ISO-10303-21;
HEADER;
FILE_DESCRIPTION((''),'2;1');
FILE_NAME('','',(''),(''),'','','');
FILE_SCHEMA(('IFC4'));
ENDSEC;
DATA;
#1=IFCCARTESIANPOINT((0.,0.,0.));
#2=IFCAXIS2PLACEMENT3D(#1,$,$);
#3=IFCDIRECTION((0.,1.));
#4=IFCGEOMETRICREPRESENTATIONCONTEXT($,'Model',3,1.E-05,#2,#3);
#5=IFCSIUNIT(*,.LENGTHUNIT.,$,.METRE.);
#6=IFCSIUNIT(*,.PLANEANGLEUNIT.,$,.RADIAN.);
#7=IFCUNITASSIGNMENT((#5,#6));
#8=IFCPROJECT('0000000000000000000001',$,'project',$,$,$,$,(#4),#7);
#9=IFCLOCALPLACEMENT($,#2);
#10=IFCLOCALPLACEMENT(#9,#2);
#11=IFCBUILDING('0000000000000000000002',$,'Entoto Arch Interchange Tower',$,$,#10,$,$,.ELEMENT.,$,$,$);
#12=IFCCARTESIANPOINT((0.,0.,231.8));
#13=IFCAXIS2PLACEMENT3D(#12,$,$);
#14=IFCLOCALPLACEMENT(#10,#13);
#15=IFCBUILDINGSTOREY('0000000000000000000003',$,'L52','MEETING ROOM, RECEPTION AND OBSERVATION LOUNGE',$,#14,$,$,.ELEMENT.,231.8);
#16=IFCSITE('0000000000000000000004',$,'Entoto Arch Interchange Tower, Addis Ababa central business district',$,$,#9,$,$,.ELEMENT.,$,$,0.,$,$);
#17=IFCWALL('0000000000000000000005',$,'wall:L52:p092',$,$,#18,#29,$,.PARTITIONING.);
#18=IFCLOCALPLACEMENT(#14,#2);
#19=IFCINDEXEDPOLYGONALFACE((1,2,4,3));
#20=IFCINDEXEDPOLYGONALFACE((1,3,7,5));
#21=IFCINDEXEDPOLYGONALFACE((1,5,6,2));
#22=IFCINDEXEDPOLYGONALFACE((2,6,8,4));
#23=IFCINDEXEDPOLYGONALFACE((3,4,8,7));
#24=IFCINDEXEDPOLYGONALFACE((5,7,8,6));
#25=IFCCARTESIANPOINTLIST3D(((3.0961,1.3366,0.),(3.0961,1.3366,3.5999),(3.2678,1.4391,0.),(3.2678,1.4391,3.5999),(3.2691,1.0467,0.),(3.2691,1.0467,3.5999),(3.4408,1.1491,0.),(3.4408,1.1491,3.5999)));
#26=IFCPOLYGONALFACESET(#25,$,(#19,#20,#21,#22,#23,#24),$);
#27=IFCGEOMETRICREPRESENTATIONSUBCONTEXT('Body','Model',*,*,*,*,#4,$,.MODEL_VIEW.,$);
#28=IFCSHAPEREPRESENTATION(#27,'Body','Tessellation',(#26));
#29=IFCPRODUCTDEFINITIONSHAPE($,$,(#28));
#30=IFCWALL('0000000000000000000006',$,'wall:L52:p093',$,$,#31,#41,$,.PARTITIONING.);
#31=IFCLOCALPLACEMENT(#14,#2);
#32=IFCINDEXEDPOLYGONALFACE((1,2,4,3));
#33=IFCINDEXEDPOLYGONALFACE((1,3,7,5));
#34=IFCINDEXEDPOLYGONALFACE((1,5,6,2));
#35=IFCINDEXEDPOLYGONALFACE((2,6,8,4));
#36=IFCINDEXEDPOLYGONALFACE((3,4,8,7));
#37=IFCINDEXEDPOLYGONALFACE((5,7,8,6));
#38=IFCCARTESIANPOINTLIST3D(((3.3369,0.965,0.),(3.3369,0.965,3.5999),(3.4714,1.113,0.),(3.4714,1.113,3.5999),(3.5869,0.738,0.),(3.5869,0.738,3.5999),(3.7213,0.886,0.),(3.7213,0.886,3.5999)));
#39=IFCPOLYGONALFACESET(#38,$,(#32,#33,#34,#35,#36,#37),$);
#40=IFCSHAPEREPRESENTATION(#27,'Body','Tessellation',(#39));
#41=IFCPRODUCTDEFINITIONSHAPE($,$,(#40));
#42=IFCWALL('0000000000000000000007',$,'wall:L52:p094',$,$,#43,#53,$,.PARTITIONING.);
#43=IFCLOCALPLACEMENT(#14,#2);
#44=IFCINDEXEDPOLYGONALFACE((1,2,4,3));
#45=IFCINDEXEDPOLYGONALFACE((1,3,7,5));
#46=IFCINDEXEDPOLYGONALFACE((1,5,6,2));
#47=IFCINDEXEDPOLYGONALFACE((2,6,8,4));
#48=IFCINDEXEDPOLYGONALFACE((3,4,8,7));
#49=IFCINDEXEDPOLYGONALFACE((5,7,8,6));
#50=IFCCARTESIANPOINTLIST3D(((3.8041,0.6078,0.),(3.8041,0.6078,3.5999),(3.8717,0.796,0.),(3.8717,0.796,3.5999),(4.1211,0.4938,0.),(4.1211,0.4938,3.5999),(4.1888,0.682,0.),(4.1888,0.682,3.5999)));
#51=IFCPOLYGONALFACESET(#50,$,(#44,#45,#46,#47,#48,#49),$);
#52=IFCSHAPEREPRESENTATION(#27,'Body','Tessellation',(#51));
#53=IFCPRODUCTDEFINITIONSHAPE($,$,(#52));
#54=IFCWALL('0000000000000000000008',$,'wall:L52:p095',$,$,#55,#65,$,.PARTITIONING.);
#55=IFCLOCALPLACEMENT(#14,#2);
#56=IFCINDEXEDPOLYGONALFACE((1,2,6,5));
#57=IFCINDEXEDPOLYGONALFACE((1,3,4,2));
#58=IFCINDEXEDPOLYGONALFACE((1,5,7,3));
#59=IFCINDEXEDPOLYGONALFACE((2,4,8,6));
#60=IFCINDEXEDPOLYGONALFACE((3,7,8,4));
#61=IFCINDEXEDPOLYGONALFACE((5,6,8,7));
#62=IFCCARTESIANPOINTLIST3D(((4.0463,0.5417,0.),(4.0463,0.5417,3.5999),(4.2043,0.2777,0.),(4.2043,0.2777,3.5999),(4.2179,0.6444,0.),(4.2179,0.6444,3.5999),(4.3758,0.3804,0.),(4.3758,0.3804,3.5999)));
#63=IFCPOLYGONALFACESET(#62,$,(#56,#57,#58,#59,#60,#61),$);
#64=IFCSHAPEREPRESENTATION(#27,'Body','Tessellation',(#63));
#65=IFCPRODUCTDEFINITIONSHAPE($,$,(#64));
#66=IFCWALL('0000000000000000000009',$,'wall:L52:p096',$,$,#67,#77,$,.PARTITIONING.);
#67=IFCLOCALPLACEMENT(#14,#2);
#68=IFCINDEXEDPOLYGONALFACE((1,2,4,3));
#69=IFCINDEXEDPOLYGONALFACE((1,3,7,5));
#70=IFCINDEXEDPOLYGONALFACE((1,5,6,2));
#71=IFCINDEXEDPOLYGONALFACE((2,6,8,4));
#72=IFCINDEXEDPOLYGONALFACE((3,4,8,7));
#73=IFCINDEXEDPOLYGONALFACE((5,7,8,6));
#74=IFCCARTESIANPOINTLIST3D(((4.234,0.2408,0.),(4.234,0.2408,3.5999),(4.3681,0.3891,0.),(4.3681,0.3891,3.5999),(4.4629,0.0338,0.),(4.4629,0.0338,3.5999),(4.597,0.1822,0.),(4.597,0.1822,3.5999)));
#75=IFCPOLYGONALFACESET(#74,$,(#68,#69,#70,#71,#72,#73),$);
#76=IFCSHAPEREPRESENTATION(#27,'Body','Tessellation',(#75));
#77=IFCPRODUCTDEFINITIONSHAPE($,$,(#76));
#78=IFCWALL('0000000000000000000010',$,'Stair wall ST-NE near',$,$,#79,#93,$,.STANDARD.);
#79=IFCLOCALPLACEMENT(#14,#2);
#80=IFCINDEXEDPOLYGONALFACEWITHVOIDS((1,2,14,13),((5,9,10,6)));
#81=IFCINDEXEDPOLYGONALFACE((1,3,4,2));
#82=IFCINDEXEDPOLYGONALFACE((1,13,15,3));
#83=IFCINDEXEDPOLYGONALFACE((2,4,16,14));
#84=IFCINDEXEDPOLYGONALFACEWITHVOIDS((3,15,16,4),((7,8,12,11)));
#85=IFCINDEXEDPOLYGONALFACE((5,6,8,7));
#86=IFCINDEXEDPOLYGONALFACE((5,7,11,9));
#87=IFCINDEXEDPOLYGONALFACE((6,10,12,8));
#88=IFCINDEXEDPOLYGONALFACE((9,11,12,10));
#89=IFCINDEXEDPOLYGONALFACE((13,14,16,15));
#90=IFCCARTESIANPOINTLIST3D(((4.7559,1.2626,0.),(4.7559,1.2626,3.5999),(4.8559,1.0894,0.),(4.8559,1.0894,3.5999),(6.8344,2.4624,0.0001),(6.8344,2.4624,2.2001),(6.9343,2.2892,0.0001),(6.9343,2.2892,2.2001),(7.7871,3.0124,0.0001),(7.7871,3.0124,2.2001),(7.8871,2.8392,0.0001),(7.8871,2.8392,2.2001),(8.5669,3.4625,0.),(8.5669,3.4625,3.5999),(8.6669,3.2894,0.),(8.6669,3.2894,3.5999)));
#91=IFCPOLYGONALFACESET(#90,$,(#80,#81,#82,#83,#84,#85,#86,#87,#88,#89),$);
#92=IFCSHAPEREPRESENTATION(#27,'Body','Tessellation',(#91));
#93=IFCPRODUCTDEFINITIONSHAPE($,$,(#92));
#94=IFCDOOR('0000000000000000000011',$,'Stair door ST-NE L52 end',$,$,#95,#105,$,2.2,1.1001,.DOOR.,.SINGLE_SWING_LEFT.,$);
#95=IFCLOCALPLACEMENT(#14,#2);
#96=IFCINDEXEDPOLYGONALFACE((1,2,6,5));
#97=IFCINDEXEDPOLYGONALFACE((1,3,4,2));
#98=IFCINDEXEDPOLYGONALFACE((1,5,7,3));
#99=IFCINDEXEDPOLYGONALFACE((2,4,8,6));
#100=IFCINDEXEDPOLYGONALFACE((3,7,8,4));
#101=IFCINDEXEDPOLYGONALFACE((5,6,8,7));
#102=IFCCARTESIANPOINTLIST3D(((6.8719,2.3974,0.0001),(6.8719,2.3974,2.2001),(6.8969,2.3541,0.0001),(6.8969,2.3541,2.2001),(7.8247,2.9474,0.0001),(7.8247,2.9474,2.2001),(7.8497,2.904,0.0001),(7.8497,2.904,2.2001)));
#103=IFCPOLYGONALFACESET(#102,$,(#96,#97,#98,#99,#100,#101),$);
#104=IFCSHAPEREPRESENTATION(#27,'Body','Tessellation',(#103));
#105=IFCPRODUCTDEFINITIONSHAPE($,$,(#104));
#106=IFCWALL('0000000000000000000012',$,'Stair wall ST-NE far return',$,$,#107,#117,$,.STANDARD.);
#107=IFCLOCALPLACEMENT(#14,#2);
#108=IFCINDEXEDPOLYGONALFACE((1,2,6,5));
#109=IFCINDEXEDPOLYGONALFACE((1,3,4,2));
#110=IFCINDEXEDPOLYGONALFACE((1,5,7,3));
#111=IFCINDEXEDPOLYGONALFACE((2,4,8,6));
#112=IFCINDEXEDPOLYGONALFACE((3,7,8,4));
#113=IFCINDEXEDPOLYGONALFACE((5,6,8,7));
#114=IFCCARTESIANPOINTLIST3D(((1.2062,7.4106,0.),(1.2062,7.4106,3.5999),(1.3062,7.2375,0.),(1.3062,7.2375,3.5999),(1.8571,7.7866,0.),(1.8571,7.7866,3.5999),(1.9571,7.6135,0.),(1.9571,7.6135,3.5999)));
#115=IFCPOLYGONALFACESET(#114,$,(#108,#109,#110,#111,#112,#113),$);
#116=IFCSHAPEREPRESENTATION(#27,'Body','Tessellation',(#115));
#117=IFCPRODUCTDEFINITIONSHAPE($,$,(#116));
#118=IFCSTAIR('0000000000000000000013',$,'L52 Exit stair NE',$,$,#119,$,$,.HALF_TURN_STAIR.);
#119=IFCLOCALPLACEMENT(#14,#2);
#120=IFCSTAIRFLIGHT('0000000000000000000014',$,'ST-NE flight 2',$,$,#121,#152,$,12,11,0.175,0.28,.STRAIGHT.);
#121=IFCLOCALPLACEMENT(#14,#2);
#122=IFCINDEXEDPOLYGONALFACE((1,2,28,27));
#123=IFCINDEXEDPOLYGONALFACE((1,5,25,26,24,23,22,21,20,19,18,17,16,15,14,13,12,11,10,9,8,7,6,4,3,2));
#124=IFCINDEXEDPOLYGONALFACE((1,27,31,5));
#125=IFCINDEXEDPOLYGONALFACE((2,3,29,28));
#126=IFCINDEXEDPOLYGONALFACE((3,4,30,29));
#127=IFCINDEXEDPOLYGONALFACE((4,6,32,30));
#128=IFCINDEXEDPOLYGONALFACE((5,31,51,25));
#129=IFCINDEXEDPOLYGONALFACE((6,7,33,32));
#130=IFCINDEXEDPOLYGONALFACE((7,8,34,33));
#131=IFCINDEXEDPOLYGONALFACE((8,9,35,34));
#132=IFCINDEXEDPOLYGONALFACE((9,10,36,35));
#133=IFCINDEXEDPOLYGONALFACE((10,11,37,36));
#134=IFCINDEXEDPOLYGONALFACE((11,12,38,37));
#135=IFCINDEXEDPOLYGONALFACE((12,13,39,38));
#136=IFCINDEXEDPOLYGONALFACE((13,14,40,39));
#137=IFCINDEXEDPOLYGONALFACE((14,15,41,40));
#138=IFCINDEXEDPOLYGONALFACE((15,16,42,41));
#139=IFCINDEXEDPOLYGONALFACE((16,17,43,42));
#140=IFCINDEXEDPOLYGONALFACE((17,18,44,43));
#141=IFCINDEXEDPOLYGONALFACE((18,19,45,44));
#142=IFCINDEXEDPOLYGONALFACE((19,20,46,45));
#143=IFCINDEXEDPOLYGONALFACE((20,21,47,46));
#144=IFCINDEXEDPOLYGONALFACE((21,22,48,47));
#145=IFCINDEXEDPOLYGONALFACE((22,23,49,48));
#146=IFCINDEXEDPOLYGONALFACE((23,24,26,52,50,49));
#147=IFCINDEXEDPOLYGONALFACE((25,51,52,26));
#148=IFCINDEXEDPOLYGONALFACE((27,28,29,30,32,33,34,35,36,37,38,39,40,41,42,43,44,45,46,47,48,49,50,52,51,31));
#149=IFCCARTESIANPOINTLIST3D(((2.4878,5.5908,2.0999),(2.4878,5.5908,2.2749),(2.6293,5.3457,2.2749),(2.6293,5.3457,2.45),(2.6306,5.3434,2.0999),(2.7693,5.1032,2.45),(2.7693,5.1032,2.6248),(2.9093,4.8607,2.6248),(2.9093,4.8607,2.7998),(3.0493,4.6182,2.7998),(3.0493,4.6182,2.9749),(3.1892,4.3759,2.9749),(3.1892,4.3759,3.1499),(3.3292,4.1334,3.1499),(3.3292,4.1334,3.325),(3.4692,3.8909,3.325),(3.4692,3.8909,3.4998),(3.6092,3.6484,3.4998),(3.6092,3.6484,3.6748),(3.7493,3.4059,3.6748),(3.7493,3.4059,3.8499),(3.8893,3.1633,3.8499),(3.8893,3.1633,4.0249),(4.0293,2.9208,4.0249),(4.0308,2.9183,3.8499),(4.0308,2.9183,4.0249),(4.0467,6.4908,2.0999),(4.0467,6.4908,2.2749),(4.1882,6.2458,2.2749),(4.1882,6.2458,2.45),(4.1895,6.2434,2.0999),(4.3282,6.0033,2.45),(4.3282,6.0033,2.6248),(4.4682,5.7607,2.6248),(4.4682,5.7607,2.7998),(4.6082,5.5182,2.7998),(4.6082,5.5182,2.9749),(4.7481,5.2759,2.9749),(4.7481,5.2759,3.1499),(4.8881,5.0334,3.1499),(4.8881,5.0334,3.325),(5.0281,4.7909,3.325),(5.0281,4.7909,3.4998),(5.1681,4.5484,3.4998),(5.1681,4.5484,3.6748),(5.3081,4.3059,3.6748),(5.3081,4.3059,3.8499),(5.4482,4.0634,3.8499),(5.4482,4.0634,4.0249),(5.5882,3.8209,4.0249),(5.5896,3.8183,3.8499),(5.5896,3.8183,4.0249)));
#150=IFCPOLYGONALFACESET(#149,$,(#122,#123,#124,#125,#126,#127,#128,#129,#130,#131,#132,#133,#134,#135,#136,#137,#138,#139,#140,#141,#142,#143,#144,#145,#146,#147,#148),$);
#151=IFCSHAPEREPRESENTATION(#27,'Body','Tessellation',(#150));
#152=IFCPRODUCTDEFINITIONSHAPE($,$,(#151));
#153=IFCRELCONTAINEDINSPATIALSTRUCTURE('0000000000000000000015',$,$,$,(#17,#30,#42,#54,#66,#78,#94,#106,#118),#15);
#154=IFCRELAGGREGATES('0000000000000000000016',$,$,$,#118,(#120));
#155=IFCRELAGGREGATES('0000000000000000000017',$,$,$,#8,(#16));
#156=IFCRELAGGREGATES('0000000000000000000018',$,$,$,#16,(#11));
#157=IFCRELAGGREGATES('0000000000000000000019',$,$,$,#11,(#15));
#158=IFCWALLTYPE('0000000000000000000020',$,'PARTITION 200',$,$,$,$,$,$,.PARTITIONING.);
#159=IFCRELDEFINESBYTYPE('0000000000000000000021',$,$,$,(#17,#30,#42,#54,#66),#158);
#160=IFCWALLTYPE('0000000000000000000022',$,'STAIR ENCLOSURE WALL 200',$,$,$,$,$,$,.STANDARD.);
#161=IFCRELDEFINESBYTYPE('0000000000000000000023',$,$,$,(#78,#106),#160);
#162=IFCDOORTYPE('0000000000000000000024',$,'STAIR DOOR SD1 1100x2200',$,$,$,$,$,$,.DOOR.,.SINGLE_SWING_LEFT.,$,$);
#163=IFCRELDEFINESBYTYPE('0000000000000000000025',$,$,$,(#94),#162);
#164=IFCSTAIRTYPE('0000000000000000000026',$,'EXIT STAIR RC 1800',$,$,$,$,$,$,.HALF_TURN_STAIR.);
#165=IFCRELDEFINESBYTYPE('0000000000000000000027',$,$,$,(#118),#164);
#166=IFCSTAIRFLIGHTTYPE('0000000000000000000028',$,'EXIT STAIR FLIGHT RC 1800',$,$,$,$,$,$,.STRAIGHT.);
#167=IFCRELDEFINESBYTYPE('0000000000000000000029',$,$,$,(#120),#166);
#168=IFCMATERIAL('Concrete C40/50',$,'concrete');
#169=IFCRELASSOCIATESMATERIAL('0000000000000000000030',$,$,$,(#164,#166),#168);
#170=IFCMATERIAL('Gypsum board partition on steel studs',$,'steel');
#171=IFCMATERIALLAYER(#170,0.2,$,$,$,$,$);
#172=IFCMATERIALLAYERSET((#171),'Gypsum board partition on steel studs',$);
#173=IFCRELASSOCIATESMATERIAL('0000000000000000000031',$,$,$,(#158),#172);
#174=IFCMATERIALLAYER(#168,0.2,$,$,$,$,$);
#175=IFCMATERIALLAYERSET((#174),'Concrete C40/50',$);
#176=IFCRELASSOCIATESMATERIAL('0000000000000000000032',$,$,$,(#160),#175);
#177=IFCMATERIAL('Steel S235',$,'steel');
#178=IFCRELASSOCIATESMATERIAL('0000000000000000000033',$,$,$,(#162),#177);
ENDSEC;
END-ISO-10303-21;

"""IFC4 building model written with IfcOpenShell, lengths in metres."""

from ifc_helpers import new_model, si_unit, direction, frame, frame_2d, origin, place, context, subcontext, project, spatial, polyline, rectangle, outline, extrude, material, layer, layer_set, type_object, element, fill, aggregate, save


model = new_model("IFC4")

# Units and contexts
model_context = context("Model", 3, precision=1e-05, world=origin(), true_north=direction((0.0, 1.0)))
body_context = subcontext(model_context, "Body", "Model", "MODEL_VIEW")
ifc_project = project(units=[si_unit("LENGTHUNIT", "METRE"), si_unit("PLANEANGLEUNIT", "RADIAN")], contexts=[model_context])

# Site, building, storey
site_placement = place(None, origin())
site = spatial("IfcSite", under=ifc_project, at=site_placement, Name="Entoto Arch Interchange Tower, Addis Ababa central business district", CompositionType="ELEMENT", RefElevation=0.0)
building_placement = place(site_placement, origin())
building = spatial("IfcBuilding", under=site, at=building_placement, Name="Entoto Arch Interchange Tower", CompositionType="ELEMENT")
storey_placement = place(building_placement, frame((0.0, 0.0, 231.8)))
storey = spatial("IfcBuildingStorey", under=building, at=storey_placement, Name="L52", Description="MEETING ROOM, RECEPTION AND OBSERVATION LOUNGE", CompositionType="ELEMENT", Elevation=231.8)

# Shared definitions
ifc_material_1 = material(Name="Concrete C40/50", Category="concrete")
stair_type = type_object("IfcStairType", Name="EXIT STAIR RC 1800", PredefinedType="HALF_TURN_STAIR", material=ifc_material_1)

# Shared definitions
ifc_material_2 = material(Name="Gypsum board partition on steel studs", Category="steel")
ifc_layer_1 = layer(ifc_material_2, 0.2)
ifc_layer_set_1 = layer_set([ifc_layer_1], Name="Gypsum board partition on steel studs")
wall_type_1 = type_object("IfcWallType", Name="PARTITION 200", PredefinedType="PARTITIONING", material=ifc_layer_set_1)

# Walls
for number, where, z_axis, x_axis, name in (
    (1, (3.1819, 1.3879, 0.0), (0.0, 0.0, 1.0), (0.512475, -0.858702, 0.0), "wall:L52:p092"),
    (2, (3.4041, 1.0391, 0.0), (0.0, 0.0, 1.0), (0.740267, -0.672313, 0.0), "wall:L52:p093"),
):
    element("IfcWall", number, at=place(storey_placement, frame(where, z_axis=z_axis, x_axis=x_axis)), inside=storey, type_object=wall_type_1, Name=name, PredefinedType="PARTITIONING", context=body_context, shape_type="SweptSolid", body=[
        extrude(rectangle(XDim=0.3376, YDim=0.2, at=frame_2d((0.1689, 0.0))), origin(), (0.0, 0.0, 1.0), 3.5999),
    ])
wall_1_placement = place(storey_placement, frame((3.8379, 0.7019, 0.0), z_axis=(0.0, 0.0, 1.0), x_axis=(0.941035, -0.338309, 0.0)))
element("IfcWall", 3, at=wall_1_placement, inside=storey, type_object=wall_type_1, Name="wall:L52:p094", PredefinedType="PARTITIONING", context=body_context, shape_type="SweptSolid", body=[
    extrude(rectangle(XDim=0.3369, YDim=0.2, at=frame_2d((0.1685, 0.0))), origin(), (0.0, 0.0, 1.0), 3.5999),
])
wall_2_placement = place(storey_placement, frame((4.1321, 0.593, 0.0), z_axis=(0.0, 0.0, 1.0), x_axis=(0.513562, -0.858053, 0.0)))
element("IfcWall", 4, at=wall_2_placement, inside=storey, type_object=wall_type_1, Name="wall:L52:p095", PredefinedType="PARTITIONING", context=body_context, shape_type="SweptSolid", body=[
    extrude(rectangle(XDim=0.3076, YDim=0.2, at=frame_2d((0.1538, 0.0))), origin(), (0.0, 0.0, 1.0), 3.5999),
])
wall_3_placement = place(storey_placement, frame((4.301, 0.3149, 0.0), z_axis=(0.0, 0.0, 1.0), x_axis=(0.741798, -0.670623, 0.0)))
element("IfcWall", 5, at=wall_3_placement, inside=storey, type_object=wall_type_1, Name="wall:L52:p096", PredefinedType="PARTITIONING", context=body_context, shape_type="SweptSolid", body=[
    extrude(rectangle(XDim=0.3086, YDim=0.2, at=frame_2d((0.1543, 0.0))), origin(), (0.0, 0.0, 1.0), 3.5999),
])

# Wall, opening, door
ifc_layer_2 = layer(ifc_material_1, 0.2)
ifc_layer_set_2 = layer_set([ifc_layer_2], Name="Concrete C40/50")
wall_type_2 = type_object("IfcWallType", Name="STAIR ENCLOSURE WALL 200", PredefinedType="STANDARD", material=ifc_layer_set_2)
wall_4_placement = place(storey_placement, frame((4.8059, 1.176, 0.0), z_axis=(0.0, 0.0, 1.0), x_axis=(0.86606, 0.49994, 0.0)))
wall_4 = element("IfcWall", 6, at=wall_4_placement, inside=storey, type_object=wall_type_2, Name="Stair wall ST-NE near", PredefinedType="STANDARD", context=body_context, shape_type="SweptSolid", body=[
    extrude(rectangle(XDim=4.4004, YDim=0.2, at=frame_2d((2.2002, 0.0))), origin(), (0.0, 0.0, 1.0), 3.5999),
])
opening_1_placement = place(wall_4_placement, frame((2.3999, 0.0, 0.0)))
opening_1 = element("IfcOpeningElement", 7, at=opening_1_placement, cuts=wall_4, PredefinedType="OPENING", context=body_context, shape_type="SweptSolid", body=[
    extrude(rectangle(XDim=1.1001, YDim=2.2, at=frame_2d((0.55, 1.1001))), frame((0.0, 0.1099, 0.0), z_axis=(0.0, -1.0, 0.0), x_axis=(1.0, 0.0, 0.0)), (0.0, 0.0, 1.0), 0.22),
])
ifc_material_3 = material(Name="Steel S235", Category="steel")
door_type_1 = type_object("IfcDoorType", Name="STAIR DOOR SD1 1100x2200", OperationType="SINGLE_SWING_LEFT", PredefinedType="DOOR", material=ifc_material_3)
door_1_placement = place(opening_1_placement, origin())
door_1 = element("IfcDoor", 8, at=door_1_placement, inside=storey, type_object=door_type_1, Name="Stair door ST-NE L52 end", OperationType="SINGLE_SWING_LEFT", OverallHeight=2.2, OverallWidth=1.1001, PredefinedType="DOOR", context=body_context, shape_type="SweptSolid", body=[
    extrude(rectangle(XDim=1.1001, YDim=2.2, at=frame_2d((0.55, 1.1001))), frame((0.0, 0.0249, 0.0), z_axis=(0.0, -1.0, 0.0), x_axis=(1.0, 0.0, 0.0)), (0.0, 0.0, 1.0), 0.05),
])
fill(opening_1, door_1)

# Wall
wall_5_placement = place(storey_placement, frame((1.2561, 7.324, 0.0), z_axis=(0.0, 0.0, 1.0), x_axis=(0.865915, 0.500191, 0.0)))
element("IfcWall", 9, at=wall_5_placement, inside=storey, type_object=wall_type_2, Name="Stair wall ST-NE far return", PredefinedType="STANDARD", context=body_context, shape_type="SweptSolid", body=[
    extrude(rectangle(XDim=0.7517, YDim=0.2, at=frame_2d((0.376, 0.0))), origin(), (0.0, 0.0, 1.0), 3.5999),
])

# Stair, stair flight
stair_1_placement = place(storey_placement, origin())
stair_1 = element("IfcStair", 10, at=stair_1_placement, inside=storey, type_object=stair_type, Name="L52 Exit stair NE", PredefinedType="HALF_TURN_STAIR")
stair_flight_type = type_object("IfcStairFlightType", Name="EXIT STAIR FLIGHT RC 1800", PredefinedType="STRAIGHT", material=ifc_material_1)
stair_flight_placement = place(storey_placement, frame((3.2688, 6.0383, 2.0999), z_axis=(0.0, 0.0, 1.0), x_axis=(0.5, -0.866025, 0.0)))
stair_flight = element("IfcStairFlight", 11, at=stair_flight_placement, type_object=stair_flight_type, Name="ST-NE flight 2", NumberOfRisers=12, NumberOfTreads=11, PredefinedType="STRAIGHT", RiserHeight=0.175, TreadLength=0.28, context=body_context, shape_type="SweptSolid", body=[
    extrude(outline(polyline([(-0.0029, 0.0), (-0.0029, 0.175), (0.28, 0.175), (0.28, 0.3501), (0.5601, 0.3501), (0.5601, 0.5249), (0.8401, 0.5249), (0.8401, 0.7), (1.1201, 0.7), (1.1201, 0.875), (1.3999, 0.875), (1.3999, 1.05), (1.6799, 1.05), (1.6799, 1.2251), (1.96, 1.2251), (1.96, 1.3999), (2.24, 1.3999), (2.24, 1.575), (2.52, 1.575), (2.52, 1.75), (2.8, 1.75), (2.8, 1.925), (3.0801, 1.925), (3.083, 1.925), (3.083, 1.75), (0.2827, 0.0), (-0.0029, 0.0)])), frame((0.0, 0.8999, 0.0), z_axis=(0.0, -1.0, 0.0), x_axis=(1.0, 0.0, 0.0)), (0.0, 0.0, 1.0), 1.8),
])
aggregate(stair_1, [stair_flight])

save(model, "model.ifc")
